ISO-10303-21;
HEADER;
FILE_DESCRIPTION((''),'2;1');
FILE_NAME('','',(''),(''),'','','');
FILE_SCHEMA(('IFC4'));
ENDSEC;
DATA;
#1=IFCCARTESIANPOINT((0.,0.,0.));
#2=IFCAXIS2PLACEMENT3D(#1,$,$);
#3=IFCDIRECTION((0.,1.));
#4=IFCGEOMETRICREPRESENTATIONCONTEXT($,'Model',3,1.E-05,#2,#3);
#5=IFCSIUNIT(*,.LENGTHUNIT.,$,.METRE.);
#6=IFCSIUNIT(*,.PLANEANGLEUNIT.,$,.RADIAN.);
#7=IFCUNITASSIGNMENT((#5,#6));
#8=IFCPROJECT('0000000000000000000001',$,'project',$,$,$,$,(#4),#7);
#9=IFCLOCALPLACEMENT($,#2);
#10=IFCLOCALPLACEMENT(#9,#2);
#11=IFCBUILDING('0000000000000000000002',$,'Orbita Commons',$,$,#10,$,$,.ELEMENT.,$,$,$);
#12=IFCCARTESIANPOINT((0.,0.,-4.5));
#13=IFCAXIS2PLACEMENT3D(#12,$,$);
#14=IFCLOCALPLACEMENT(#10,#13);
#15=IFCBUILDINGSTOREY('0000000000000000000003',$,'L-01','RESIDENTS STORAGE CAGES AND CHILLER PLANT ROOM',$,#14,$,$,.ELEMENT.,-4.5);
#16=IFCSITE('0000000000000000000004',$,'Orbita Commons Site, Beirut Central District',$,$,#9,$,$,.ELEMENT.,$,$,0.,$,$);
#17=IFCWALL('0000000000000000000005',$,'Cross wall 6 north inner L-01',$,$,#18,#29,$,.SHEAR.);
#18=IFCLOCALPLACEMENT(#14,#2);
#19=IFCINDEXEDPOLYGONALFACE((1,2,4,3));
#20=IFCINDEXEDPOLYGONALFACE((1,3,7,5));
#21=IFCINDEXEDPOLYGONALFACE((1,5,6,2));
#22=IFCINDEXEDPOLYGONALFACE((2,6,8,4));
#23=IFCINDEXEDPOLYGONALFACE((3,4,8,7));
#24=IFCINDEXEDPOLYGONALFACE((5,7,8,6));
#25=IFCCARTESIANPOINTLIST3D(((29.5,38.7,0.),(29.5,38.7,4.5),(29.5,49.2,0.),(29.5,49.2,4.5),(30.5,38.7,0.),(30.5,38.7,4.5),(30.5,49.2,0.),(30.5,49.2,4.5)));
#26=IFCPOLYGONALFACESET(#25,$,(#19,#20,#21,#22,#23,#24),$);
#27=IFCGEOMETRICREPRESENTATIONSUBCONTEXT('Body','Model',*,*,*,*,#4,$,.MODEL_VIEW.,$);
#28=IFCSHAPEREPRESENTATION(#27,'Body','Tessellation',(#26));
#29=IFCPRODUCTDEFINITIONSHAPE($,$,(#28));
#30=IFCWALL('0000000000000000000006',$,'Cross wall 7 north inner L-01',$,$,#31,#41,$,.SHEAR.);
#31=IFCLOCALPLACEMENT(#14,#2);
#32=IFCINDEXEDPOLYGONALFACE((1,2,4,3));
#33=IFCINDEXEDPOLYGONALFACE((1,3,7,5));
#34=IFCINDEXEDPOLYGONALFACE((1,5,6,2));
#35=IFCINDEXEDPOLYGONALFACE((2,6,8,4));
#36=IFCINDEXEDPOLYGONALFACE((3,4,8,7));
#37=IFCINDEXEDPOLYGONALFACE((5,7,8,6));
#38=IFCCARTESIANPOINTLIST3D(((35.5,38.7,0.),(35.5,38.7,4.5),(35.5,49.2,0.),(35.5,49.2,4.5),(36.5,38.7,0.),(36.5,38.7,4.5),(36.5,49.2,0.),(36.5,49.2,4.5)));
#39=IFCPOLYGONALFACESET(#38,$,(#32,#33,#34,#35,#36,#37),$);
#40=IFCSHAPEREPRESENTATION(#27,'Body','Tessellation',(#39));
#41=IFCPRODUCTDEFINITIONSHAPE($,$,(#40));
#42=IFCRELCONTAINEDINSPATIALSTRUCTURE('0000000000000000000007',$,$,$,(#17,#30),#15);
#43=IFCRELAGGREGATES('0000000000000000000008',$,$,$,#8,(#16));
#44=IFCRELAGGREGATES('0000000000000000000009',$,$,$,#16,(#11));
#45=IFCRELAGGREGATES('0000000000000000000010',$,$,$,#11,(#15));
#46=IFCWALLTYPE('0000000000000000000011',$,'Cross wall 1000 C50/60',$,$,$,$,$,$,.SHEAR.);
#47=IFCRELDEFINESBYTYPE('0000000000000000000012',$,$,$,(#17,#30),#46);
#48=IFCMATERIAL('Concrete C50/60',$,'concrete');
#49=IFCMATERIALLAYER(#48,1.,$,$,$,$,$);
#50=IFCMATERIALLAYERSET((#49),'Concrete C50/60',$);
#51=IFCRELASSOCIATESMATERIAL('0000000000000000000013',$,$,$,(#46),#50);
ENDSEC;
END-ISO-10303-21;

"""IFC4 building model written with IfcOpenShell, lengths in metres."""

from ifc_helpers import new_model, si_unit, direction, frame, frame_2d, origin, place, context, subcontext, project, spatial, rectangle, extrude, material, layer, layer_set, type_object, element, save


model = new_model("IFC4")

# Units and contexts
model_context = context("Model", 3, precision=1e-05, world=origin(), true_north=direction((0.0, 1.0)))
body_context = subcontext(model_context, "Body", "Model", "MODEL_VIEW")
ifc_project = project(units=[si_unit("LENGTHUNIT", "METRE"), si_unit("PLANEANGLEUNIT", "RADIAN")], contexts=[model_context])

# Site, building, storey
site_placement = place(None, origin())
site = spatial("IfcSite", under=ifc_project, at=site_placement, Name="Orbita Commons Site, Beirut Central District", CompositionType="ELEMENT", RefElevation=0.0)
building_placement = place(site_placement, origin())
building = spatial("IfcBuilding", under=site, at=building_placement, Name="Orbita Commons", CompositionType="ELEMENT")
storey_placement = place(building_placement, frame((0.0, 0.0, -4.5)))
storey = spatial("IfcBuildingStorey", under=building, at=storey_placement, Name="L-01", Description="RESIDENTS STORAGE CAGES AND CHILLER PLANT ROOM", CompositionType="ELEMENT", Elevation=-4.5)

# Walls
ifc_material_1 = material(Name="Concrete C50/60", Category="concrete")
ifc_layer_1 = layer(ifc_material_1, 1.0)
ifc_layer_set_1 = layer_set([ifc_layer_1], Name="Concrete C50/60")
wall_type_1 = type_object("IfcWallType", Name="Cross wall 1000 C50/60", PredefinedType="SHEAR", material=ifc_layer_set_1)
for number, where, z_axis, x_axis, name in (
    (1, (30.0, 38.7, 0.0), (0.0, 0.0, 1.0), (0.0, 1.0, 0.0), "Cross wall 6 north inner L-01"),
    (2, (36.0, 38.7, 0.0), (0.0, 0.0, 1.0), (0.0, 1.0, 0.0), "Cross wall 7 north inner L-01"),
):
    element("IfcWall", number, at=place(storey_placement, frame(where, z_axis=z_axis, x_axis=x_axis)), inside=storey, type_object=wall_type_1, Name=name, PredefinedType="SHEAR", context=body_context, shape_type="SweptSolid", body=[
        extrude(rectangle(XDim=10.5, YDim=1.0, at=frame_2d((5.25, 0.0))), origin(), (0.0, 0.0, 1.0), 4.5),
    ])

save(model, "model.ifc")
